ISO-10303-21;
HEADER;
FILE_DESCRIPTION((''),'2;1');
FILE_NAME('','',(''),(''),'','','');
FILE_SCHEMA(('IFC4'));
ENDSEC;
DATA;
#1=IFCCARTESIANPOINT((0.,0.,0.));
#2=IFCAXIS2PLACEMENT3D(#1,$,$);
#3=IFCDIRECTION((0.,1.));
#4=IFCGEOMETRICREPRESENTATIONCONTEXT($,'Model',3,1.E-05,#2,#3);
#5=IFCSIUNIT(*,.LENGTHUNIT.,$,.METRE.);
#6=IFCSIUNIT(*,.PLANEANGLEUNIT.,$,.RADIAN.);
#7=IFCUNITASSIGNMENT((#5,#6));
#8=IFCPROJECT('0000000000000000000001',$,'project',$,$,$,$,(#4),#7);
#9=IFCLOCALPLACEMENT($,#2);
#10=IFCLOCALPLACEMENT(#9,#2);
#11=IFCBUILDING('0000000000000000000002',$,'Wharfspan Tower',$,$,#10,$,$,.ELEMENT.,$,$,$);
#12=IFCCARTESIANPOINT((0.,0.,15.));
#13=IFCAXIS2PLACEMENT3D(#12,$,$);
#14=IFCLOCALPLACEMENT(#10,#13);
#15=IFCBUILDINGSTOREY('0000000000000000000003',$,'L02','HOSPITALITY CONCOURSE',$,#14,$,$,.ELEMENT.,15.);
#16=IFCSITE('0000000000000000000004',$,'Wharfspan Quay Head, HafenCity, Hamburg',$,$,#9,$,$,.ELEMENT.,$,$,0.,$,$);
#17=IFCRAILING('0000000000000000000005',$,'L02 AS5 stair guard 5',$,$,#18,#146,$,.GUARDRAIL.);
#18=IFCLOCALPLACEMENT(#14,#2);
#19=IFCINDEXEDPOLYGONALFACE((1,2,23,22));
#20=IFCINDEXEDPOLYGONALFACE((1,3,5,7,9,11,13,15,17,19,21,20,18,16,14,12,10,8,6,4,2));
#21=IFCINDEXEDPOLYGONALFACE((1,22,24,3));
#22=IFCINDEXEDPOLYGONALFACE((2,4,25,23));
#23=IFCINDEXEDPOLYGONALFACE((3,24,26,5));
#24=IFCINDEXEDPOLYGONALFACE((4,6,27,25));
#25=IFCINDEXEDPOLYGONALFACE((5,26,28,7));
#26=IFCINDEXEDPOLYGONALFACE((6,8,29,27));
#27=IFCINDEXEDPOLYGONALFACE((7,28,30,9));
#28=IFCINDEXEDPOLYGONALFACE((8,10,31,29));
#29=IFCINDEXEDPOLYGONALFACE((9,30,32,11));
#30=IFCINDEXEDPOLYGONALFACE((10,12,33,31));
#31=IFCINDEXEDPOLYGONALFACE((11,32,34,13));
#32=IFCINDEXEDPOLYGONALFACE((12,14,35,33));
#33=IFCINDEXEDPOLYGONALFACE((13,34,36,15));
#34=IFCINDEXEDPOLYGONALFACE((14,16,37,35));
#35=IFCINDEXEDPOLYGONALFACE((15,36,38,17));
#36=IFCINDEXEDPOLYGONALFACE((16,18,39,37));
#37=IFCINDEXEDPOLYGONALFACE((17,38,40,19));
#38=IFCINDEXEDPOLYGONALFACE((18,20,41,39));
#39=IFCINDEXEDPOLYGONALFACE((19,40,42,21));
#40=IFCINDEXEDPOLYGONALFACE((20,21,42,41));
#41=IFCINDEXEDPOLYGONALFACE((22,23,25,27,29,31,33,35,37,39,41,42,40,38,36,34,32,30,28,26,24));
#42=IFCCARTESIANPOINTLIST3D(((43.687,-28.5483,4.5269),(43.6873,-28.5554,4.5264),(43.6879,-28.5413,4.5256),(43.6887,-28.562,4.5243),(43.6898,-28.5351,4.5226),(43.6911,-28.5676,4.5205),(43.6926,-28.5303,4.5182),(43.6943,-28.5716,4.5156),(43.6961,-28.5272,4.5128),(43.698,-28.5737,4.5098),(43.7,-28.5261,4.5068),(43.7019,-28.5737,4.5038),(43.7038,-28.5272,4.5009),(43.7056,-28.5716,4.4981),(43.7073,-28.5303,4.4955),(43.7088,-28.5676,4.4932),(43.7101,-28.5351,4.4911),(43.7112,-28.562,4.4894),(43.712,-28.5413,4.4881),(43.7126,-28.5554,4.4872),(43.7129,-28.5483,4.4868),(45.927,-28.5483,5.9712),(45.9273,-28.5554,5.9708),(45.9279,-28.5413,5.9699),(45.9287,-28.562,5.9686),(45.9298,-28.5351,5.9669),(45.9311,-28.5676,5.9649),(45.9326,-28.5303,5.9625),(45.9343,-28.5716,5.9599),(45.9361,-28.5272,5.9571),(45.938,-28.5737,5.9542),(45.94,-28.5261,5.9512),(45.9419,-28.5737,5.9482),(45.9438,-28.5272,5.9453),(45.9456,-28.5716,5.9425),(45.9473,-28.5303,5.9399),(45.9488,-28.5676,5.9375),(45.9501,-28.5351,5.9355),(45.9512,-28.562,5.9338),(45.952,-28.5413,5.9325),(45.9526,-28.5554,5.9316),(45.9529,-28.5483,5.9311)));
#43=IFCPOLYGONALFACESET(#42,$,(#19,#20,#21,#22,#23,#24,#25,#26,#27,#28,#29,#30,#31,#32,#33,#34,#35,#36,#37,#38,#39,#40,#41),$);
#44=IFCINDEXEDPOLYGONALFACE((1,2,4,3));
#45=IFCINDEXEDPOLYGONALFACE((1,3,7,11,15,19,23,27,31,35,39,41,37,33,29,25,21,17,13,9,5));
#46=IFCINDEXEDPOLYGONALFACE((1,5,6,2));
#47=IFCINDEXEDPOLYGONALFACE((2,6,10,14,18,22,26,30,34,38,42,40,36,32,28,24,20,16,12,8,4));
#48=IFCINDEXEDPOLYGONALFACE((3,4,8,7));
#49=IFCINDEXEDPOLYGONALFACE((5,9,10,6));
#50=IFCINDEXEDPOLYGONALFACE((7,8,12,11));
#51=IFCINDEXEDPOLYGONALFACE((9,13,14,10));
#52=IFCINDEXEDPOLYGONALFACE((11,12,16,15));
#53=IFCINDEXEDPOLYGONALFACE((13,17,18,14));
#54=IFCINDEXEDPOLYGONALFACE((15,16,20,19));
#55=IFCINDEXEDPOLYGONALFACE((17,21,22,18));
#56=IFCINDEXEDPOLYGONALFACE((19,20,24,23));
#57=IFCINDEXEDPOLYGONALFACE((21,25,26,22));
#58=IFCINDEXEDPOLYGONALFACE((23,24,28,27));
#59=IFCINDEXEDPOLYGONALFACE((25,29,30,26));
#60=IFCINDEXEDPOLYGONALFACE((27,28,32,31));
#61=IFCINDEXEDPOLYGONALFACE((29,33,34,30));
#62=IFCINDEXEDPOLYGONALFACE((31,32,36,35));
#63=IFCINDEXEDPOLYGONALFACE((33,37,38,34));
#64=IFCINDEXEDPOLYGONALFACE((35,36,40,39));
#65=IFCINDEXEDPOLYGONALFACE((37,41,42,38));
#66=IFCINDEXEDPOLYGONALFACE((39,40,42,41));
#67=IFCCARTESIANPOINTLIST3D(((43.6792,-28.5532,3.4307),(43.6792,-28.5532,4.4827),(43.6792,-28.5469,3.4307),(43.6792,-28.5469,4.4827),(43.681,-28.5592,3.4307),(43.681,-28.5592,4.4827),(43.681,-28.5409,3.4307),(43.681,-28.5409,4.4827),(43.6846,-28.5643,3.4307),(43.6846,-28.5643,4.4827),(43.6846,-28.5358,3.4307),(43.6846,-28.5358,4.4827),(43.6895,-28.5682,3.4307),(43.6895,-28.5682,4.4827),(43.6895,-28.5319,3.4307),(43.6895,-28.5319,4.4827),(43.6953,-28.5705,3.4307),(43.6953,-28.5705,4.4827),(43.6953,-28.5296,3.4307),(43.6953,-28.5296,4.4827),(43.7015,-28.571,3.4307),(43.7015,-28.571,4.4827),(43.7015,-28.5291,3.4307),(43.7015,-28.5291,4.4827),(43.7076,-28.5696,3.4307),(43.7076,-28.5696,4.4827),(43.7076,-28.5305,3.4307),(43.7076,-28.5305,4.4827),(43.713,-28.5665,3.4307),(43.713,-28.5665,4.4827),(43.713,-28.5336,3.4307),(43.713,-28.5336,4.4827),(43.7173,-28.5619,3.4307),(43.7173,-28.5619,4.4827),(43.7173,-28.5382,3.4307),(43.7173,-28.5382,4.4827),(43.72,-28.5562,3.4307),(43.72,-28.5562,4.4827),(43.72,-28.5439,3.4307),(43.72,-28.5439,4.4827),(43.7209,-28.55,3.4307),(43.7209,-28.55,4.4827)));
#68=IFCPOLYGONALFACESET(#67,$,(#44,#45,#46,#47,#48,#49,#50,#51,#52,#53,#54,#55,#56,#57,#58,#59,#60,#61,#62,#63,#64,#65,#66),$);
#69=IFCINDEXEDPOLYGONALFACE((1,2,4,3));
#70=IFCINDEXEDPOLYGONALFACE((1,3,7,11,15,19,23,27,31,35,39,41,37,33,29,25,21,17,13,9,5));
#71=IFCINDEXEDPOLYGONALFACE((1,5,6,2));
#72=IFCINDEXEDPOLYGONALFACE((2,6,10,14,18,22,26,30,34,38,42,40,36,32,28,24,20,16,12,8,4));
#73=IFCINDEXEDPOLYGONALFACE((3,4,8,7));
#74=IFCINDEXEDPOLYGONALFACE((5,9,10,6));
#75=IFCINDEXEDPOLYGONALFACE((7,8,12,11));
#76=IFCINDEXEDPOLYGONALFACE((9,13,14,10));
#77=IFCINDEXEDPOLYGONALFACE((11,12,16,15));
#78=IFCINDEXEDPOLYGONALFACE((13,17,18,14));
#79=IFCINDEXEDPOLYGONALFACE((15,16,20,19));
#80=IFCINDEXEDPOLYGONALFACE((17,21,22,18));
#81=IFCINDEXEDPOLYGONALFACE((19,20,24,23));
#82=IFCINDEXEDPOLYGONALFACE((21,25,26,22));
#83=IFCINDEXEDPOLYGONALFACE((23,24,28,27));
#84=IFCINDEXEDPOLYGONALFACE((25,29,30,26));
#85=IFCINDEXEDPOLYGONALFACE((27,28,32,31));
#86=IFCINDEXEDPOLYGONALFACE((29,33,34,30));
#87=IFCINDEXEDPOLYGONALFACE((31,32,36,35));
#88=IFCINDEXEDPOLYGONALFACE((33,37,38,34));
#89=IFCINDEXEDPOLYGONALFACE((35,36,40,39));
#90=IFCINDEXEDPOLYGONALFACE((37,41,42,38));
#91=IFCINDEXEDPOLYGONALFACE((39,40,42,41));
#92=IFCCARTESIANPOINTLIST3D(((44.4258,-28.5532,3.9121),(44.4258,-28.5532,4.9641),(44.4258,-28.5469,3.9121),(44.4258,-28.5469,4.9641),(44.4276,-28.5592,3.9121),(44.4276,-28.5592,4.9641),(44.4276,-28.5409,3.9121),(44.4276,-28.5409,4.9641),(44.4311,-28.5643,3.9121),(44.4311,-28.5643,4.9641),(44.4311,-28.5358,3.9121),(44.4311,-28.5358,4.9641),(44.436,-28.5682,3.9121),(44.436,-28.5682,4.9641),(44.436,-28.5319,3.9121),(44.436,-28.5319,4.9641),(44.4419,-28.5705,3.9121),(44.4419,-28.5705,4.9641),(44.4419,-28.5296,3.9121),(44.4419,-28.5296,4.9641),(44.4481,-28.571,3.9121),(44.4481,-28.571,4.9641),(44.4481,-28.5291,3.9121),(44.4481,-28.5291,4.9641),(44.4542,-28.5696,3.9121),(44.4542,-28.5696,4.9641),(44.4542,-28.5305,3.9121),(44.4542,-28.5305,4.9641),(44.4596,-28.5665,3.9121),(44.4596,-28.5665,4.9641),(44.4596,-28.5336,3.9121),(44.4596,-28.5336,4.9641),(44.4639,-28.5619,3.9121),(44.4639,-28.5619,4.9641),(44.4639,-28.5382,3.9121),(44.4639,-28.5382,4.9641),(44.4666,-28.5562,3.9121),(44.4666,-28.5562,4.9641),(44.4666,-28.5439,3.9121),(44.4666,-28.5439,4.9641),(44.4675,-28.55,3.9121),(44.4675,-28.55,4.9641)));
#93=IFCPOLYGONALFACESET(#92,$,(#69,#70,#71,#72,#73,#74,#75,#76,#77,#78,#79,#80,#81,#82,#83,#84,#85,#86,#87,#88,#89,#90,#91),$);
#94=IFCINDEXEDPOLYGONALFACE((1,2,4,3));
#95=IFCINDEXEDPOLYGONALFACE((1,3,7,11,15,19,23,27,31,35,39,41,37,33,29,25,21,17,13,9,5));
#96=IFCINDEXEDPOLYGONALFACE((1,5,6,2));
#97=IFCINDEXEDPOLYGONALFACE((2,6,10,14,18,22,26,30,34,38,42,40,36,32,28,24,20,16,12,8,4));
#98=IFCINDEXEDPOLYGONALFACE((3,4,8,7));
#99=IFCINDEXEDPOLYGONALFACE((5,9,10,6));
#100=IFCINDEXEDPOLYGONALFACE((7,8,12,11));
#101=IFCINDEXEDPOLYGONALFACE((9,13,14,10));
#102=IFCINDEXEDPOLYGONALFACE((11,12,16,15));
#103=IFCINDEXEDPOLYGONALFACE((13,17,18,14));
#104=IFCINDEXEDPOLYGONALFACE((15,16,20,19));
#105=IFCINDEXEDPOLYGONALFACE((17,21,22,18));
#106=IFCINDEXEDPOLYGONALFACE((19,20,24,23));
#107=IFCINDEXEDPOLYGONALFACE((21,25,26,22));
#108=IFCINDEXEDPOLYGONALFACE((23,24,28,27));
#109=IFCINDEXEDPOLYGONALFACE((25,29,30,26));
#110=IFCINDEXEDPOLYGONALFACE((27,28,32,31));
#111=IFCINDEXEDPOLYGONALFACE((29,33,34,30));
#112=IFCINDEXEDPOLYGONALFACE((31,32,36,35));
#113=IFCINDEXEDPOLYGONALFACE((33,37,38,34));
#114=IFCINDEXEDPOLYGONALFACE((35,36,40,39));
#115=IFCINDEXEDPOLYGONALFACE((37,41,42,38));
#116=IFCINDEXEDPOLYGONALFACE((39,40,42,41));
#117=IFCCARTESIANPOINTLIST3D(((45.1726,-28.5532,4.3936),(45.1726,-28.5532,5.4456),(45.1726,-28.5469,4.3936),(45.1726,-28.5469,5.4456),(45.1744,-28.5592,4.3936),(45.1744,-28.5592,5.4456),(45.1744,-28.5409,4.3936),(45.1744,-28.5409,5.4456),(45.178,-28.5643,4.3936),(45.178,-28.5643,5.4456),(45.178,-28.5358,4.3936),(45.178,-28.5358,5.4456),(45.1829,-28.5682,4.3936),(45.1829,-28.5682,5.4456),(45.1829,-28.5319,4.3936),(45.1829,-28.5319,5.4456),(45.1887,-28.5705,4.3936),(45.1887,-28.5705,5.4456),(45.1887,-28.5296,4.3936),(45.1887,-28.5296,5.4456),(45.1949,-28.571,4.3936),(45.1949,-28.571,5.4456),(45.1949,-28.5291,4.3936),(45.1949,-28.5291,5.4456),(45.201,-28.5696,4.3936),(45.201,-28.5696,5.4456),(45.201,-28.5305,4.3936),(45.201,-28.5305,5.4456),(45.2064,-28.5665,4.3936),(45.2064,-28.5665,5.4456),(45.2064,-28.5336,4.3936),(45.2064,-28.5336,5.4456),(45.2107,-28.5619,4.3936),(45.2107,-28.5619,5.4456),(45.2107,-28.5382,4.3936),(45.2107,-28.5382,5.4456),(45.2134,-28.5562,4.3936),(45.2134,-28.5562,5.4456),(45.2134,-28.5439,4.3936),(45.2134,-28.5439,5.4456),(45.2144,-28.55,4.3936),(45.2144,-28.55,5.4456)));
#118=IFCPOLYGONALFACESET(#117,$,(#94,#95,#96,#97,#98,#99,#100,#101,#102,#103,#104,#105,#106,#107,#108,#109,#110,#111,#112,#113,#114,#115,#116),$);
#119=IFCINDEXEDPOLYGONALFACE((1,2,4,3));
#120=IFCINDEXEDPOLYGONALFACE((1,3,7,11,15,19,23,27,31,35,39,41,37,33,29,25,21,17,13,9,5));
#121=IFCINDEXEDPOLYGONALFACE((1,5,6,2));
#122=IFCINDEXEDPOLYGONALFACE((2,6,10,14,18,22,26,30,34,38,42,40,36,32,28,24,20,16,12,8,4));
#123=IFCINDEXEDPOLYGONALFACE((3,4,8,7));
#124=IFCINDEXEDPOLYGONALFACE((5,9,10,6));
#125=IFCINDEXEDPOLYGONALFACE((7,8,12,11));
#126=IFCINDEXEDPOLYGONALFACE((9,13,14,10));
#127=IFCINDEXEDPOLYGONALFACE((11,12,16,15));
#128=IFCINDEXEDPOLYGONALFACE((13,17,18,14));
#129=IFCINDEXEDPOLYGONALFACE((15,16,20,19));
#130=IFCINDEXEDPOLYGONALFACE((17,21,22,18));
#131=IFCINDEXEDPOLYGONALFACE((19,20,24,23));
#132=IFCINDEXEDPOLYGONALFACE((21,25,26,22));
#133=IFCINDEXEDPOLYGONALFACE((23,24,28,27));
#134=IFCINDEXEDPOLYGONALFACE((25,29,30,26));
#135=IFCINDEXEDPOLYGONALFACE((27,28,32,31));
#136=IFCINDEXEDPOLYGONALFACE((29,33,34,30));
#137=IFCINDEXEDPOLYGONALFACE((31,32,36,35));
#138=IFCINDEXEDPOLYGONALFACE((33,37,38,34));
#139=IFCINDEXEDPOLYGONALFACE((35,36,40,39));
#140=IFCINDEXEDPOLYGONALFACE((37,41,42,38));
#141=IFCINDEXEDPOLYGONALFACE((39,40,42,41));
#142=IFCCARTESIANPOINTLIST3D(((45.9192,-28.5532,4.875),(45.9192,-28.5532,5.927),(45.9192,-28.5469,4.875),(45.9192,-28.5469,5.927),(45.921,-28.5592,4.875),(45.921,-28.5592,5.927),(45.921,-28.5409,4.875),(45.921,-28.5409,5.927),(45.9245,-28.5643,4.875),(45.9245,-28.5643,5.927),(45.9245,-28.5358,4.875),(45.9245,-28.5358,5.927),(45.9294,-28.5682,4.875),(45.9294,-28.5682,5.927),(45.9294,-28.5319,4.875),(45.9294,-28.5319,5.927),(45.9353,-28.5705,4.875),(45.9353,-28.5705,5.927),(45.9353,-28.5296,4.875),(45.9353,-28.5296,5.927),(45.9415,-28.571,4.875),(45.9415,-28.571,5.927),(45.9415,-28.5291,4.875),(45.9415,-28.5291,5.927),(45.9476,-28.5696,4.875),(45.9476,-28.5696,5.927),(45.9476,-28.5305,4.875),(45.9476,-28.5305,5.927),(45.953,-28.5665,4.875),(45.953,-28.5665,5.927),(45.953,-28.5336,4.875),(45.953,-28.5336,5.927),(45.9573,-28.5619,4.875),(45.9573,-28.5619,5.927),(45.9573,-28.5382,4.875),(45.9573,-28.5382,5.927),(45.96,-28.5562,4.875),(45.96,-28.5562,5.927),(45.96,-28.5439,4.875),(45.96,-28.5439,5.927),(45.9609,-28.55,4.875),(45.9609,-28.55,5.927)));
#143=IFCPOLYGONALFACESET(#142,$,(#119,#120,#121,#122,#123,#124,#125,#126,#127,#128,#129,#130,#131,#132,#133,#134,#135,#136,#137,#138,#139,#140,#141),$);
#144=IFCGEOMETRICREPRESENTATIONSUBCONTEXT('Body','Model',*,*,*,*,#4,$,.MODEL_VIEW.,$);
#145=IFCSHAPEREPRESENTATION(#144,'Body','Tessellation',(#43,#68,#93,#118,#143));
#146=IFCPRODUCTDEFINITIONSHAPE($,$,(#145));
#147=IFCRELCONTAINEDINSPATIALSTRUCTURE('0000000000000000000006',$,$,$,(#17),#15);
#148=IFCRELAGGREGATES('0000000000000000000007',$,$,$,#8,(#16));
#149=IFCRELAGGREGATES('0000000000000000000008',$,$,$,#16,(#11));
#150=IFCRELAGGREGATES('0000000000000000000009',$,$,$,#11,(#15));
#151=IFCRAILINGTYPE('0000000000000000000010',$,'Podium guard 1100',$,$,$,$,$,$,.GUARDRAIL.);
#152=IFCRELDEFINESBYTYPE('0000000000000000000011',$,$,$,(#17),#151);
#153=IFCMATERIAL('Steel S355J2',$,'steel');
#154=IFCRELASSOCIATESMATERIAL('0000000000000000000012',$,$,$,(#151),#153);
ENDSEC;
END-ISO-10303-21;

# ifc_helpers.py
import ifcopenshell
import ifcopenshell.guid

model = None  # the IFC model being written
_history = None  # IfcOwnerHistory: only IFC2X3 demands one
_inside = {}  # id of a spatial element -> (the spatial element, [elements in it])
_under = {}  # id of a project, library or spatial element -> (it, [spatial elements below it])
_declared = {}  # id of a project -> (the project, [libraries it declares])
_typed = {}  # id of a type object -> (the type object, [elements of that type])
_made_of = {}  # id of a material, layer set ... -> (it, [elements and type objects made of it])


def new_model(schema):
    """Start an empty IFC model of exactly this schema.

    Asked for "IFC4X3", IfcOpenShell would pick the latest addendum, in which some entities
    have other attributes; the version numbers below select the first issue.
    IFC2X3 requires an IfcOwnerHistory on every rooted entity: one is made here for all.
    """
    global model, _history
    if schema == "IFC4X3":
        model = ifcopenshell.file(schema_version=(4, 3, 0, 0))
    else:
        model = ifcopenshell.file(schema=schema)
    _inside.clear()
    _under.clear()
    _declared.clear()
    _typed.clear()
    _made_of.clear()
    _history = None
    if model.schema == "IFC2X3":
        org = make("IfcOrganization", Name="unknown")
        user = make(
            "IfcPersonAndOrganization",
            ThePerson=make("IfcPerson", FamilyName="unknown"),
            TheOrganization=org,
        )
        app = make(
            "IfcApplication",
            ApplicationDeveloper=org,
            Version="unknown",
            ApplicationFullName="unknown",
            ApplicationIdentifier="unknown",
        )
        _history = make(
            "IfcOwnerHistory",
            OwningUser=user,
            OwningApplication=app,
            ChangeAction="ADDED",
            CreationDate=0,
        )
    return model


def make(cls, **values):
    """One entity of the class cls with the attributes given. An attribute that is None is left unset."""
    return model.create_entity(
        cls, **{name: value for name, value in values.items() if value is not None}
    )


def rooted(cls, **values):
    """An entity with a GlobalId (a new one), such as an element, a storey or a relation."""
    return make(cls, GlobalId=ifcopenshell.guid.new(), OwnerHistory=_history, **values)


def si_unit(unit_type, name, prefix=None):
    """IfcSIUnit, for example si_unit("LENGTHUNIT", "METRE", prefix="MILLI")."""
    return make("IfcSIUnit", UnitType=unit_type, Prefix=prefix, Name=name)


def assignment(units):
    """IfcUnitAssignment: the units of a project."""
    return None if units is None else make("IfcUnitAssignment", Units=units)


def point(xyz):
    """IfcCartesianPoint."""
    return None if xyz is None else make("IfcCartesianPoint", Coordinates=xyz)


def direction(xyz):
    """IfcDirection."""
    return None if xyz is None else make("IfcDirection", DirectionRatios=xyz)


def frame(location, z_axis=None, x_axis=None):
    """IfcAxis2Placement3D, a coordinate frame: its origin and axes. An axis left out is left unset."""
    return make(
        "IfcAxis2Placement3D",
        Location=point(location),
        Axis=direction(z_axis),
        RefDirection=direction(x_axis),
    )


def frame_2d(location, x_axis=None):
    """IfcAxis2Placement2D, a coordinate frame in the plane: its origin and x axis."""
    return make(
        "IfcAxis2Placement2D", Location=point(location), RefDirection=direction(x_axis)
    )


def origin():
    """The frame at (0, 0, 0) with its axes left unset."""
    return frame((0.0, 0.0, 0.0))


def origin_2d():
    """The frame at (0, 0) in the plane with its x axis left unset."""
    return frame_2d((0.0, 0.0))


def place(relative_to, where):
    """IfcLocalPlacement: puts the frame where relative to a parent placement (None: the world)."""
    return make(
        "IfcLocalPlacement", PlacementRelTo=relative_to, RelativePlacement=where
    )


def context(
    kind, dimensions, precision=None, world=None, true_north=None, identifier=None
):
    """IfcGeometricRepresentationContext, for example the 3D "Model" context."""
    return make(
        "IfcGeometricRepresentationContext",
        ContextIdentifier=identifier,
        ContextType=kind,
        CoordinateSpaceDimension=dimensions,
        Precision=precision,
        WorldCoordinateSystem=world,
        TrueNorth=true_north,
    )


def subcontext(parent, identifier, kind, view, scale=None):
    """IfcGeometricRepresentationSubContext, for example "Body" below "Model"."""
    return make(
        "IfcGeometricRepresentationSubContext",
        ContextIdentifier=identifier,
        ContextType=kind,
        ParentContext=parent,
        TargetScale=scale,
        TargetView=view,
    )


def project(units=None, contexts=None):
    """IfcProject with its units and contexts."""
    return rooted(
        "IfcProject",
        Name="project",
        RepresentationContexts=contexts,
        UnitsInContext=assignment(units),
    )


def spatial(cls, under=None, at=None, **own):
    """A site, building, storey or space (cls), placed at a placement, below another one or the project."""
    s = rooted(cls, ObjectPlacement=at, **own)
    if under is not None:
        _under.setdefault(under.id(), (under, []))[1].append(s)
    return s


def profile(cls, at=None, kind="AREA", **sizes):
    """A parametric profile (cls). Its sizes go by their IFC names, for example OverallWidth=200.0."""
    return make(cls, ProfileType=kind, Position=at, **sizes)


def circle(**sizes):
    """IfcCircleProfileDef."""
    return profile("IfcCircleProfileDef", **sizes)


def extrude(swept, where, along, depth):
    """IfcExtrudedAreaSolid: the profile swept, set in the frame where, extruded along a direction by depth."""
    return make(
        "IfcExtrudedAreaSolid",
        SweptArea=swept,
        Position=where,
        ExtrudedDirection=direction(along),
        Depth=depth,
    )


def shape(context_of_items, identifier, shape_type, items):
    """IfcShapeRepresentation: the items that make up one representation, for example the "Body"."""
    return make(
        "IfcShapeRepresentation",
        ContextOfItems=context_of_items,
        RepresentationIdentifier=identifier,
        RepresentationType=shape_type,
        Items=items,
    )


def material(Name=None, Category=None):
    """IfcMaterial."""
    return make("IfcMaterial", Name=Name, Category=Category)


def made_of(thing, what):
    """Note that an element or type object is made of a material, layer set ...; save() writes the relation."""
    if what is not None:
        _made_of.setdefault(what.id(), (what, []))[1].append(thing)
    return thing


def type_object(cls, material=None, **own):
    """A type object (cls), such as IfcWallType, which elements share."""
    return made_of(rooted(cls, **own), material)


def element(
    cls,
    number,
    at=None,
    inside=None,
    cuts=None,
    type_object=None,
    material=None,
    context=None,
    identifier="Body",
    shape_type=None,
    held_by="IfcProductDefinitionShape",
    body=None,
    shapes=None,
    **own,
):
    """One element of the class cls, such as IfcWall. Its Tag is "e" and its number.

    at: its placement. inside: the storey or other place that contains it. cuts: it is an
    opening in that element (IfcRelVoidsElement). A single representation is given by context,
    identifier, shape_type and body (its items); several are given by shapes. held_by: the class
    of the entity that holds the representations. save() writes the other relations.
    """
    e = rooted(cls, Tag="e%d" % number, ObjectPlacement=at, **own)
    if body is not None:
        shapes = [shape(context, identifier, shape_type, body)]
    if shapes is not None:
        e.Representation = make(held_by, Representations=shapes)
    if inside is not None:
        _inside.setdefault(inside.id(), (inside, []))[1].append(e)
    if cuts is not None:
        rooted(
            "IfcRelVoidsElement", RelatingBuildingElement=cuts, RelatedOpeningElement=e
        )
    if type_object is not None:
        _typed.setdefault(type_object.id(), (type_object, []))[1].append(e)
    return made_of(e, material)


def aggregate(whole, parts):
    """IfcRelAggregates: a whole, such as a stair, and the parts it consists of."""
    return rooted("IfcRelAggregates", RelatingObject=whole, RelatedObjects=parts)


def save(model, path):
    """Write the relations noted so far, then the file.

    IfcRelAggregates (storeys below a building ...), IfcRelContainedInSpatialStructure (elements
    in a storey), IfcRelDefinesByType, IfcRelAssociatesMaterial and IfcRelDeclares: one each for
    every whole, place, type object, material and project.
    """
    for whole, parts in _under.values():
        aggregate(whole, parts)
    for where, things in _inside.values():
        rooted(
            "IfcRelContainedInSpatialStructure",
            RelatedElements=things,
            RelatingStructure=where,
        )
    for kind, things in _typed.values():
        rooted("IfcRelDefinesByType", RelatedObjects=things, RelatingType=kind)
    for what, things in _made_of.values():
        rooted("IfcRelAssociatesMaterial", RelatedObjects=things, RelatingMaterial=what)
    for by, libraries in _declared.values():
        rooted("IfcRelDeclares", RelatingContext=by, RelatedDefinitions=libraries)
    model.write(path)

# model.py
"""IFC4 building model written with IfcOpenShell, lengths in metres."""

from ifc_helpers import new_model, si_unit, direction, frame, origin, origin_2d, place, context, subcontext, project, spatial, circle, extrude, material, type_object, element, save


model = new_model("IFC4")

# Units and contexts
model_context = context("Model", 3, precision=1e-05, world=origin(), true_north=direction((0.0, 1.0)))
body_context = subcontext(model_context, "Body", "Model", "MODEL_VIEW")
ifc_project = project(units=[si_unit("LENGTHUNIT", "METRE"), si_unit("PLANEANGLEUNIT", "RADIAN")], contexts=[model_context])

# Site, building, storey
site_placement = place(None, origin())
site = spatial("IfcSite", under=ifc_project, at=site_placement, Name="Wharfspan Quay Head, HafenCity, Hamburg", CompositionType="ELEMENT", RefElevation=0.0)
building_placement = place(site_placement, origin())
building = spatial("IfcBuilding", under=site, at=building_placement, Name="Wharfspan Tower", CompositionType="ELEMENT")
storey_placement = place(building_placement, frame((0.0, 0.0, 15.0)))
storey = spatial("IfcBuildingStorey", under=building, at=storey_placement, Name="L02", Description="HOSPITALITY CONCOURSE", CompositionType="ELEMENT", Elevation=15.0)

# Railing
ifc_material_1 = material(Name="Steel S355J2", Category="steel")
railing_type_1 = type_object("IfcRailingType", Name="Podium guard 1100", PredefinedType="GUARDRAIL", material=ifc_material_1)
railing_1_placement = place(storey_placement, frame((43.7, -28.55, 3.4307)))
element("IfcRailing", 1, at=railing_1_placement, inside=storey, type_object=railing_type_1, Name="L02 AS5 stair guard 5", PredefinedType="GUARDRAIL", context=body_context, shape_type="SweptSolid", body=[
    extrude(circle(Radius=0.0239, at=origin_2d()), frame((0.0, 0.0, 1.0762), z_axis=(0.840437, 0.0, 0.54191), x_axis=(0.0, 1.0, 0.0)), (0.0, 0.0, 1.0), 2.6653),
    extrude(circle(Radius=0.021, at=origin_2d()), origin(), (0.0, 0.0, 1.0), 1.052),
    extrude(circle(Radius=0.021, at=origin_2d()), frame((0.7466, 0.0, 0.4814)), (0.0, 0.0, 1.0), 1.052),
    extrude(circle(Radius=0.021, at=origin_2d()), frame((1.4934, 0.0, 0.9629)), (0.0, 0.0, 1.0), 1.052),
    extrude(circle(Radius=0.021, at=origin_2d()), frame((2.24, 0.0, 1.4443)), (0.0, 0.0, 1.0), 1.052),
])

save(model, "model.ifc")
